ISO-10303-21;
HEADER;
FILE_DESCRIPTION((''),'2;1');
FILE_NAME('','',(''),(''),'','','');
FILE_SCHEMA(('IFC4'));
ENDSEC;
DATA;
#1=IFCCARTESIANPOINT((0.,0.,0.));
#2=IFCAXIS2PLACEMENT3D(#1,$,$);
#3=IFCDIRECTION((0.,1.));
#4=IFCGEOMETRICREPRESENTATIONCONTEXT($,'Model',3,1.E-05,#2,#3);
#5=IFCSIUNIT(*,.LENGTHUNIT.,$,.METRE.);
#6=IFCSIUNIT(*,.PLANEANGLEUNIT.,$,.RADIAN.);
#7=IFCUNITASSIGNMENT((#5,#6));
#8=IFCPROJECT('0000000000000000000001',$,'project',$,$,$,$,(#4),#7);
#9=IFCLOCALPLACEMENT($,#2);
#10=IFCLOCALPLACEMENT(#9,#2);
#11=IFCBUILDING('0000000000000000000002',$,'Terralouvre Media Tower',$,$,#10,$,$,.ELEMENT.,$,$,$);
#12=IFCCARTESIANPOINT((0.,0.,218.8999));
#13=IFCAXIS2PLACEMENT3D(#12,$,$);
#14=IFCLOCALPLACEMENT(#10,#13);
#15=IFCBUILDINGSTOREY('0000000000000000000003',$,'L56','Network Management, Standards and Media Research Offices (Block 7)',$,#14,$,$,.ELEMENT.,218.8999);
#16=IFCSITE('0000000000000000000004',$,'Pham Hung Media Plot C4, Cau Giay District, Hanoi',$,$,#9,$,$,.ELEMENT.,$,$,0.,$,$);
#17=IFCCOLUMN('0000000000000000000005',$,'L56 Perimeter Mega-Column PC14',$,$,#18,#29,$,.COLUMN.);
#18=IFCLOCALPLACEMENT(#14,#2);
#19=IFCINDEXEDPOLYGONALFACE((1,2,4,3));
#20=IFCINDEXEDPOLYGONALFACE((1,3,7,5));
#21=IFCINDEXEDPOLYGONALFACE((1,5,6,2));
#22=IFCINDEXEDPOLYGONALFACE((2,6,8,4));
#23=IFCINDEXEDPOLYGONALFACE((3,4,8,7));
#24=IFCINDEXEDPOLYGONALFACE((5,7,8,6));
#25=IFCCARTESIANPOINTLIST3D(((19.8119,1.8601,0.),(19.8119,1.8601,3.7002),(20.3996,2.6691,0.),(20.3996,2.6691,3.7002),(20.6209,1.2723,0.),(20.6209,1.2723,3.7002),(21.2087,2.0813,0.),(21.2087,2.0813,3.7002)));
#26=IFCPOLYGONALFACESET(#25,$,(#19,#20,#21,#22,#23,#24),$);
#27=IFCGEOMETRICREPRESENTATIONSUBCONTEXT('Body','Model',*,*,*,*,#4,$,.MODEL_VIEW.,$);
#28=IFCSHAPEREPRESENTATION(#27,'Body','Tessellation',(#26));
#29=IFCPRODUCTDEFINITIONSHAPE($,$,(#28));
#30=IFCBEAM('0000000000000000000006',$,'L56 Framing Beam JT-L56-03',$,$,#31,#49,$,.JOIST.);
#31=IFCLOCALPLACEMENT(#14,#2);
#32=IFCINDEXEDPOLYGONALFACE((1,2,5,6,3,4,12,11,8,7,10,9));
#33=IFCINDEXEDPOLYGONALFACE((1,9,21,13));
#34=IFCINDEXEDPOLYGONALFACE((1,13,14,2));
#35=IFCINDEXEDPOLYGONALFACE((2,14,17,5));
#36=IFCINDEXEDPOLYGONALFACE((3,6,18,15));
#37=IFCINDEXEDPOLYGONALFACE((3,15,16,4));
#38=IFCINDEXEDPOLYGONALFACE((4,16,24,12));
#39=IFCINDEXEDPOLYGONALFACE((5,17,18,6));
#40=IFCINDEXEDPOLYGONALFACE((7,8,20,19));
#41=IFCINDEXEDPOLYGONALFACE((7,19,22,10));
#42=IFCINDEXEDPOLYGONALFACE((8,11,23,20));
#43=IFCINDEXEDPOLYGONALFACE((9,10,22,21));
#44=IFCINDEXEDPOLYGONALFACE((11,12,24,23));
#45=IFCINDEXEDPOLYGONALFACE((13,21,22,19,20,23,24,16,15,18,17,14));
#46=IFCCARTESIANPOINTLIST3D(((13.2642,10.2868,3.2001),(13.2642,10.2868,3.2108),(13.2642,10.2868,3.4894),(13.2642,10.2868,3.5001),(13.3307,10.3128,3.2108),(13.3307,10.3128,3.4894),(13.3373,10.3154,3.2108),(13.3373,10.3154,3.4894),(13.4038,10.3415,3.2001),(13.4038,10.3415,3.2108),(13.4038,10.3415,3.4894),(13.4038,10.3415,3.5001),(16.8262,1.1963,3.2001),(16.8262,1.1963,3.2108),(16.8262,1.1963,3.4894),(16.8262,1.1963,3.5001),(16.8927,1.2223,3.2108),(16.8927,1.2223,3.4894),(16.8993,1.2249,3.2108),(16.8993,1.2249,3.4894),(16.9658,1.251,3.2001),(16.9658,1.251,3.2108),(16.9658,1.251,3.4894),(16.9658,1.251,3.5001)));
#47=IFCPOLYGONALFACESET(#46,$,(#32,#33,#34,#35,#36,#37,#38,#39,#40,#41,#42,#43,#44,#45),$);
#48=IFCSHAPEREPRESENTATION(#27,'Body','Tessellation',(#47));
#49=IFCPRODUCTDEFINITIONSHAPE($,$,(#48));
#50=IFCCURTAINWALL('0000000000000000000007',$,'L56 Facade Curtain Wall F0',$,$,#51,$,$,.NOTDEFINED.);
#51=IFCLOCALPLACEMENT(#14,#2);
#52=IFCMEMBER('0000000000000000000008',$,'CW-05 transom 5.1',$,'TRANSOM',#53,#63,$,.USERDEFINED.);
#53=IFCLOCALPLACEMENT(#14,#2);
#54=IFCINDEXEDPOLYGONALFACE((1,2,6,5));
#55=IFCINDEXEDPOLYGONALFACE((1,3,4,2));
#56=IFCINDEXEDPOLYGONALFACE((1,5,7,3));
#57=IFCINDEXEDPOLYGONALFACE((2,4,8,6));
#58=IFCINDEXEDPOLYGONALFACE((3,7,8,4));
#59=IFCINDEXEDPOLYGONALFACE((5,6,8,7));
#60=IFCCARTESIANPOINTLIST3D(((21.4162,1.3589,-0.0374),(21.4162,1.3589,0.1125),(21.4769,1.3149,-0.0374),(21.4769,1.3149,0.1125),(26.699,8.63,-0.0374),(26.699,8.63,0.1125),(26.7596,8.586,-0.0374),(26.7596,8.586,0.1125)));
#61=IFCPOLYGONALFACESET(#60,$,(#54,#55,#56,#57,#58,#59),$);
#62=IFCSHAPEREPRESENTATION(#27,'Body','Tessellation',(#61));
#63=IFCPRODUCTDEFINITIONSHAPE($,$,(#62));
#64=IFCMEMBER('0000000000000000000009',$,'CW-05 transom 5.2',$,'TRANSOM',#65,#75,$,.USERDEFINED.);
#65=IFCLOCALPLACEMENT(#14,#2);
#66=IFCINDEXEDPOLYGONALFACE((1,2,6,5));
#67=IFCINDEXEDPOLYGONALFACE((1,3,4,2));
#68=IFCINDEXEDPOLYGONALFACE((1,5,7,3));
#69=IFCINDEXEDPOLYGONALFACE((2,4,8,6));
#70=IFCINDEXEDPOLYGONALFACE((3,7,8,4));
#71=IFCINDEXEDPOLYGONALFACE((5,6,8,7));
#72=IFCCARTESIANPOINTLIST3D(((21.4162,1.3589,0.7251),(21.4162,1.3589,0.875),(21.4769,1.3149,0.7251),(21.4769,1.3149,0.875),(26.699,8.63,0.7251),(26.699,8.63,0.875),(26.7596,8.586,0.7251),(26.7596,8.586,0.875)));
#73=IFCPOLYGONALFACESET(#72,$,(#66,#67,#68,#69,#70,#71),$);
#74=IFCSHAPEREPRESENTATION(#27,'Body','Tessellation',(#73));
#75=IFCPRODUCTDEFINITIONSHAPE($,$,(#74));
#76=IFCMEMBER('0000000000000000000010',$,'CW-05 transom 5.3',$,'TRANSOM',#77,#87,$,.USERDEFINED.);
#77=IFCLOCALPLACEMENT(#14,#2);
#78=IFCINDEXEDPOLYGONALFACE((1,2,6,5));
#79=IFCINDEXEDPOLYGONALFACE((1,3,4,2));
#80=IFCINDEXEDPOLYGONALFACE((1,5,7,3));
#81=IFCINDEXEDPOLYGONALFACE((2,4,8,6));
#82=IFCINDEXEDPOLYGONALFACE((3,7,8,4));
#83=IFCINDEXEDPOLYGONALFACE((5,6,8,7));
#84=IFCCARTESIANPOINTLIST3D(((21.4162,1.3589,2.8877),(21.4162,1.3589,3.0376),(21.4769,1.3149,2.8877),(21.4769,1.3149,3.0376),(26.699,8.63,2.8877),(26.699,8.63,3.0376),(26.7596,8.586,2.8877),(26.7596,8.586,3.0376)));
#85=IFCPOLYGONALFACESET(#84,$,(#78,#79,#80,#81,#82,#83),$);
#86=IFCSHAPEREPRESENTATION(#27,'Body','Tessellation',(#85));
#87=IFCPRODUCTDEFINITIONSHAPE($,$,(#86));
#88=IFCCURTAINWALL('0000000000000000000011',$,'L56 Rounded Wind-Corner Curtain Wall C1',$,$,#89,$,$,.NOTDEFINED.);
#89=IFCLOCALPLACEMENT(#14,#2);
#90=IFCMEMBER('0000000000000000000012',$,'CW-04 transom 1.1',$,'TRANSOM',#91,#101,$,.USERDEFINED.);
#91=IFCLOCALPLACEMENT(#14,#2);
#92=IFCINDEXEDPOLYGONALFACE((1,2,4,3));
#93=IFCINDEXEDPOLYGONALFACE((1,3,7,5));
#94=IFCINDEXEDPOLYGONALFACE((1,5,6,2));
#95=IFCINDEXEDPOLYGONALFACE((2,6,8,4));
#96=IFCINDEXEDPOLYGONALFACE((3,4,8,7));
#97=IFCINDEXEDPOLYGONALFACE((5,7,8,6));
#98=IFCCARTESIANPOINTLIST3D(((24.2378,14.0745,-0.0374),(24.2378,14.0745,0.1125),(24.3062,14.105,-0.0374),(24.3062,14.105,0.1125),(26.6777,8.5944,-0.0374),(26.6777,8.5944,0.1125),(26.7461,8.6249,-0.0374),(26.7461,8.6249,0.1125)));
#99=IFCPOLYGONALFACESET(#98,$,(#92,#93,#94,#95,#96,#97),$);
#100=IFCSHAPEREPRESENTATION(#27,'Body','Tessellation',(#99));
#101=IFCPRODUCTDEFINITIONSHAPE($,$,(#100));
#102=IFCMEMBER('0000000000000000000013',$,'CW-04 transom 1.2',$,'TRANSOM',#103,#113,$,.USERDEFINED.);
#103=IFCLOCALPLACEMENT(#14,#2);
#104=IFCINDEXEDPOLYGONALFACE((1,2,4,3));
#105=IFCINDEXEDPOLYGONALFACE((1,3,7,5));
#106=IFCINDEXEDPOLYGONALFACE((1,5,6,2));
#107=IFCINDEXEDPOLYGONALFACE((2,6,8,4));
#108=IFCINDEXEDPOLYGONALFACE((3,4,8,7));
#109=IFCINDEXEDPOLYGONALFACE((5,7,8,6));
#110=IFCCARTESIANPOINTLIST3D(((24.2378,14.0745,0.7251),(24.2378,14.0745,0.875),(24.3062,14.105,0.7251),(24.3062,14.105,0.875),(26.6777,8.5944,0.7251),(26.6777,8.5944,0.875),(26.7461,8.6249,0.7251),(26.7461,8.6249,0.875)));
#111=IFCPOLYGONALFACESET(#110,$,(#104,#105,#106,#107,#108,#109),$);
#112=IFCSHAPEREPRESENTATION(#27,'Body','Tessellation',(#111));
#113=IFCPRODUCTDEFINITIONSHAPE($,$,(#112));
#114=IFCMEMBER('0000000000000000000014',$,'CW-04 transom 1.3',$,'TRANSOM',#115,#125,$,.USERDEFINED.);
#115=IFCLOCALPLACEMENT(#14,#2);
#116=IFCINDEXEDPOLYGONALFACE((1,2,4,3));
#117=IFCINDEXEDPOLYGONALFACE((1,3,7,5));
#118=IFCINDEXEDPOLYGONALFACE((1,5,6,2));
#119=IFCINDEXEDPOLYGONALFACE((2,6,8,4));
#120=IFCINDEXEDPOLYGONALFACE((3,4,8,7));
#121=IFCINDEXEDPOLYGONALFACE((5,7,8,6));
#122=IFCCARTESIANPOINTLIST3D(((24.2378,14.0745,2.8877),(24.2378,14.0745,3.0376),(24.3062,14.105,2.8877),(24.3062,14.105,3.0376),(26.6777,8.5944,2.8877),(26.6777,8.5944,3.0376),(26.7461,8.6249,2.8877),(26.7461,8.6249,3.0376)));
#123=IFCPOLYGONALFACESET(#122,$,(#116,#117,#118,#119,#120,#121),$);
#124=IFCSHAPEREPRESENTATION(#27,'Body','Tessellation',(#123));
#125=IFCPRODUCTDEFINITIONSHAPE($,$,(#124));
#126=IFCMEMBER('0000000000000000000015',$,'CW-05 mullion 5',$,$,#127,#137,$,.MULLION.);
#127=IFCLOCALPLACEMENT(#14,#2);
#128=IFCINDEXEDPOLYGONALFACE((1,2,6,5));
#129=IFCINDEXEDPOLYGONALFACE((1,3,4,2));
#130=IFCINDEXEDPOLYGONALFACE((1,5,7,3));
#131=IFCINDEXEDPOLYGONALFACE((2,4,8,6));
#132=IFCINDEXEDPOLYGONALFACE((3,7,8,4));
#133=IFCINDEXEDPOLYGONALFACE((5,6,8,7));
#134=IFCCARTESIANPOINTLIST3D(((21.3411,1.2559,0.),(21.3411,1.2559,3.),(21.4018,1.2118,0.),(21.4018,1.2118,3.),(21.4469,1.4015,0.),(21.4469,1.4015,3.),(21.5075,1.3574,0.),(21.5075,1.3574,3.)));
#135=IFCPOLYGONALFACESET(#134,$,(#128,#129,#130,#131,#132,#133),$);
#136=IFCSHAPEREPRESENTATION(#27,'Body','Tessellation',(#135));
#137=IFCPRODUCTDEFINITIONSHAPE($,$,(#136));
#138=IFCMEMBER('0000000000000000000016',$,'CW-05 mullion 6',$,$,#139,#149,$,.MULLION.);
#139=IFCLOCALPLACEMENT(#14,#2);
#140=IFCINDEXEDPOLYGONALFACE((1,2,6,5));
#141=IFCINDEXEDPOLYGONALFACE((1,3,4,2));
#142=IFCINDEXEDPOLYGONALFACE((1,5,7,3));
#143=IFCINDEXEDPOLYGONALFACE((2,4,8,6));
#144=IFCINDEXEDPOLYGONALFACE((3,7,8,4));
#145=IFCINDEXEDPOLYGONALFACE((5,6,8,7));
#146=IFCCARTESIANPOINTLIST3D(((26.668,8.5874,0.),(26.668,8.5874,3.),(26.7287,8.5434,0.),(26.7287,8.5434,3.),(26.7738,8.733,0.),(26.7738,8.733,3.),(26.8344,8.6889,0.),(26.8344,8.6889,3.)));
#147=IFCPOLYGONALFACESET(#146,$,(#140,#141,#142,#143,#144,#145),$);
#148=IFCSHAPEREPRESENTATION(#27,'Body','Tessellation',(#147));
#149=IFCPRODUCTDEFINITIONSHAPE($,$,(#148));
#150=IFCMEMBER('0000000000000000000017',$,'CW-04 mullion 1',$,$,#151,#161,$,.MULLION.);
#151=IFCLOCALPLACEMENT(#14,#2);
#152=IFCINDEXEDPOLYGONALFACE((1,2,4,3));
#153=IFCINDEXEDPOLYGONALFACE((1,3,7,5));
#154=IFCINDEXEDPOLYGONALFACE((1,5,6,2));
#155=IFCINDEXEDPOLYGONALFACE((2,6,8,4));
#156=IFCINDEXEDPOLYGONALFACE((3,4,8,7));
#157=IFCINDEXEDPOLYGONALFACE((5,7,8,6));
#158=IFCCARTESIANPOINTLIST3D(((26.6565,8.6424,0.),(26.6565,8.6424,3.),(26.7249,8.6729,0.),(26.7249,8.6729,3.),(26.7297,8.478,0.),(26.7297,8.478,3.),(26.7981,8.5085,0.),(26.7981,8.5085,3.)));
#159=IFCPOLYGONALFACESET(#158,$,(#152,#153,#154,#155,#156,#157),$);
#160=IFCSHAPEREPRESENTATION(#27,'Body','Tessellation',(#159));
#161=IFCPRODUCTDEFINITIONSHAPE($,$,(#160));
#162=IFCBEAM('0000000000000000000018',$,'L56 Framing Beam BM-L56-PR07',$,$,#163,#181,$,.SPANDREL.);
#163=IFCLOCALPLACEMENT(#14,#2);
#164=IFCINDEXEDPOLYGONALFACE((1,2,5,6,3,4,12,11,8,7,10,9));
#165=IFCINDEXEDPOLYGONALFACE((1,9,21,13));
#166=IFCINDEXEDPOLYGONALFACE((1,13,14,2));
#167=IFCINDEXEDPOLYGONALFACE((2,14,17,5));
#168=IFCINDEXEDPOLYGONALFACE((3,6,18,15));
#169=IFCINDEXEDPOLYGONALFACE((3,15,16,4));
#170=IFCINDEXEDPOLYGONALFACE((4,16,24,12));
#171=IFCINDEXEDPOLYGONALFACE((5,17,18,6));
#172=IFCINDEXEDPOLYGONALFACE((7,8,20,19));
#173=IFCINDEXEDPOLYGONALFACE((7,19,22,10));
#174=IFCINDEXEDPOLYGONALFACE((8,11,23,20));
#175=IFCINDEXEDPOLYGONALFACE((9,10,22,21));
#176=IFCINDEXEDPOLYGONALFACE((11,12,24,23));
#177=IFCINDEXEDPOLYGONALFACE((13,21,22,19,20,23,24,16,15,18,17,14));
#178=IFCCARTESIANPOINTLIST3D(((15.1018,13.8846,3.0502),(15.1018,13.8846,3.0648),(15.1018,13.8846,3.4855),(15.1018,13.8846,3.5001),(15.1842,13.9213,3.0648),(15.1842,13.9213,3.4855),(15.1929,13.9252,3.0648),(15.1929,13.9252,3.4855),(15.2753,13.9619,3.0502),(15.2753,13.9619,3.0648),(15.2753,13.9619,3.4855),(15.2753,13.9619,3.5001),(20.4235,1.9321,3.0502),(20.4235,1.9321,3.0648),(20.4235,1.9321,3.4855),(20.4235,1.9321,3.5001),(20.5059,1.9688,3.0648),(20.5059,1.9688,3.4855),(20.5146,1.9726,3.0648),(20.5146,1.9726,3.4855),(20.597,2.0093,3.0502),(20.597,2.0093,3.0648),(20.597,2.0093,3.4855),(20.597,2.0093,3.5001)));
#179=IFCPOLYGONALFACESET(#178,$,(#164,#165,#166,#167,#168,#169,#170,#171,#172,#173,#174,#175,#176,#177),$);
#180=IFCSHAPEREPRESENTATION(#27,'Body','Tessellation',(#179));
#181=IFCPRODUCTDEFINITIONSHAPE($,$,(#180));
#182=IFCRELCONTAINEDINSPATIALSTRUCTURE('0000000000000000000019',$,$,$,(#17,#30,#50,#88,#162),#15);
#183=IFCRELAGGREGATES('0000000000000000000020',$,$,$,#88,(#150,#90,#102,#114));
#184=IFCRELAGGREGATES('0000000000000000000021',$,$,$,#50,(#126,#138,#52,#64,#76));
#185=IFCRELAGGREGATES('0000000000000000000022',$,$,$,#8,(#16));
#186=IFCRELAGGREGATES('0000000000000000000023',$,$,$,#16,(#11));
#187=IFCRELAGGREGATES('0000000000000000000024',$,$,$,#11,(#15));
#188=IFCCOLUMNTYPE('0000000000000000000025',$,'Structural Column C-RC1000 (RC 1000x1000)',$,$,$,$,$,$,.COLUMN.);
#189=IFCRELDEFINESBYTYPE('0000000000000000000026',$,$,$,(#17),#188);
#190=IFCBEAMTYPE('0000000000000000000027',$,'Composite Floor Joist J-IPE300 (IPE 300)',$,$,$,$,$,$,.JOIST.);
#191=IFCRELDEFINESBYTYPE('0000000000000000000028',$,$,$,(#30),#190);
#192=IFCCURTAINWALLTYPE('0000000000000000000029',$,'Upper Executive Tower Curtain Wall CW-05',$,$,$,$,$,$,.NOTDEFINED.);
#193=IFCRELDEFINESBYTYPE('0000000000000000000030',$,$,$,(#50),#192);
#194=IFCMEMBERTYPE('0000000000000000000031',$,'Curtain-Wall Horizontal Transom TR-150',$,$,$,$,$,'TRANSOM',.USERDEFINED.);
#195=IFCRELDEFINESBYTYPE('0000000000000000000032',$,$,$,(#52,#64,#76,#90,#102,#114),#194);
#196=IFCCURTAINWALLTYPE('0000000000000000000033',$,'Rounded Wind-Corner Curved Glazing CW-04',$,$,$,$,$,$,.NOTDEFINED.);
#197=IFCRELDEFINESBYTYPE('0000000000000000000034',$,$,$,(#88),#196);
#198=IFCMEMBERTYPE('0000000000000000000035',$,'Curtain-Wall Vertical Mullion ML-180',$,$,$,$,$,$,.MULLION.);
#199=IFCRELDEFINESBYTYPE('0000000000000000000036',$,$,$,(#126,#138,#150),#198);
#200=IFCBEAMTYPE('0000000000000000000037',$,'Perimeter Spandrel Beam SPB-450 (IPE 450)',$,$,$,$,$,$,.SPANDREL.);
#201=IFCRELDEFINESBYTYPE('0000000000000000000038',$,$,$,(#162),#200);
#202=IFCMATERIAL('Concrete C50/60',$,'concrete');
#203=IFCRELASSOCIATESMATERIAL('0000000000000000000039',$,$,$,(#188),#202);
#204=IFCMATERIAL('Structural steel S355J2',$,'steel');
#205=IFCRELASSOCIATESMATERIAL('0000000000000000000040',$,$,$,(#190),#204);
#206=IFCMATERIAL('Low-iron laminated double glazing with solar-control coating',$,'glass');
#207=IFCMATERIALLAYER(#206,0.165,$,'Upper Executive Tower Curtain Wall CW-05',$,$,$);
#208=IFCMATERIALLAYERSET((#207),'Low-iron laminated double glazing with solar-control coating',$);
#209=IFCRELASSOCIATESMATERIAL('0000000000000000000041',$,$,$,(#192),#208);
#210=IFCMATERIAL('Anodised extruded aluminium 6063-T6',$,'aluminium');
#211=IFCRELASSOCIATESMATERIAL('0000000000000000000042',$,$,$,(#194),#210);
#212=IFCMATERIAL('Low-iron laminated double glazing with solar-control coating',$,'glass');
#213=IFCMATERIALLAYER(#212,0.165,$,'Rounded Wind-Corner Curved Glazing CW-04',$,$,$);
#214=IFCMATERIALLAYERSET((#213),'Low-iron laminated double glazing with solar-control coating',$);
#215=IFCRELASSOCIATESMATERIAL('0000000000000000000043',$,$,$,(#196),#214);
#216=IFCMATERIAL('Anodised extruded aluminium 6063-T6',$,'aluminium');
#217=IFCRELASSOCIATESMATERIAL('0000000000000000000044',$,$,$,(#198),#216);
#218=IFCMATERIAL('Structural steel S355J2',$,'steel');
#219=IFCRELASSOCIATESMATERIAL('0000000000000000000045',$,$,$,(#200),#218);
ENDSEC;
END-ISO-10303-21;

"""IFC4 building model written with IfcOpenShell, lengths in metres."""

from ifc_helpers import new_model, si_unit, direction, frame, origin, origin_2d, place, context, subcontext, project, spatial, rectangle, i_section, extrude, material, layer, layer_set, material_profile, profile_set, type_object, element, aggregate, save


model = new_model("IFC4")

# Units and contexts
model_context = context("Model", 3, precision=1e-05, world=origin(), true_north=direction((0.0, 1.0)))
body_context = subcontext(model_context, "Body", "Model", "MODEL_VIEW")
ifc_project = project(units=[si_unit("LENGTHUNIT", "METRE"), si_unit("PLANEANGLEUNIT", "RADIAN")], contexts=[model_context])

# Site, building, storey
site_placement = place(None, origin())
site = spatial("IfcSite", under=ifc_project, at=site_placement, Name="Pham Hung Media Plot C4, Cau Giay District, Hanoi", CompositionType="ELEMENT", RefElevation=0.0)
building_placement = place(site_placement, origin())
building = spatial("IfcBuilding", under=site, at=building_placement, Name="Terralouvre Media Tower", CompositionType="ELEMENT")
storey_placement = place(building_placement, frame((0.0, 0.0, 218.8999)))
storey = spatial("IfcBuildingStorey", under=building, at=storey_placement, Name="L56", Description="Network Management, Standards and Media Research Offices (Block 7)", CompositionType="ELEMENT", Elevation=218.8999)

# Column
ifc_material_1 = material(Name="Concrete C50/60", Category="concrete")
ifc_material_profile_1 = material_profile(ifc_material_1, rectangle(XDim=1.0, YDim=1.0, at=origin_2d()), Name="RC 1000x1000")
ifc_profile_set_1 = profile_set([ifc_material_profile_1], Name="Concrete C50/60")
column_type = type_object("IfcColumnType", Name="Structural Column C-RC1000 (RC 1000x1000)", PredefinedType="COLUMN", material=ifc_profile_set_1)
column_placement = place(storey_placement, frame((20.5103, 1.9707, 0.0), z_axis=(0.0, 0.0, 1.0), x_axis=(0.587785, 0.809017, 0.0)))
element("IfcColumn", 1, at=column_placement, inside=storey, type_object=column_type, Name="L56 Perimeter Mega-Column PC14", PredefinedType="COLUMN", context=body_context, shape_type="SweptSolid", body=[
    extrude(rectangle(XDim=1.0, YDim=1.0, at=origin_2d()), origin(), (0.0, 0.0, 1.0), 3.7002),
])

# Beam
ifc_material_2 = material(Name="Structural steel S355J2", Category="steel")
ifc_material_profile_2 = material_profile(ifc_material_2, i_section(OverallWidth=0.1499, OverallDepth=0.3, WebThickness=0.0071, FlangeThickness=0.0107, at=origin_2d()), Name="IPE 300")
ifc_profile_set_2 = profile_set([ifc_material_profile_2], Name="Structural steel S355J2")
beam_type_1 = type_object("IfcBeamType", Name="Composite Floor Joist J-IPE300 (IPE 300)", PredefinedType="JOIST", material=ifc_profile_set_2)
beam_1_placement = place(storey_placement, frame((16.896, 1.2236, 3.3501), z_axis=(-0.364828, 0.931075, 0.0), x_axis=(-0.931075, -0.364828, 0.0)))
element("IfcBeam", 2, at=beam_1_placement, inside=storey, type_object=beam_type_1, Name="L56 Framing Beam JT-L56-03", PredefinedType="JOIST", context=body_context, shape_type="SweptSolid", body=[
    extrude(i_section(OverallWidth=0.1499, OverallDepth=0.3, WebThickness=0.0071, FlangeThickness=0.0107, at=origin_2d()), origin(), (0.0, 0.0, 1.0), 9.7634),
])

# Curtain walls, members
ifc_material_3 = material(Name="Low-iron laminated double glazing with solar-control coating", Category="glass")
ifc_layer_1 = layer(ifc_material_3, 0.165, Name="Upper Executive Tower Curtain Wall CW-05")
ifc_layer_set_1 = layer_set([ifc_layer_1], Name="Low-iron laminated double glazing with solar-control coating")
curtain_wall_type_1 = type_object("IfcCurtainWallType", Name="Upper Executive Tower Curtain Wall CW-05", PredefinedType="NOTDEFINED", material=ifc_layer_set_1)
curtain_wall_1_placement = place(storey_placement, origin())
curtain_wall_1 = element("IfcCurtainWall", 3, at=curtain_wall_1_placement, inside=storey, type_object=curtain_wall_type_1, Name="L56 Facade Curtain Wall F0", PredefinedType="NOTDEFINED")
ifc_material_4 = material(Name="Anodised extruded aluminium 6063-T6", Category="aluminium")
ifc_material_profile_3 = material_profile(ifc_material_4, rectangle(XDim=0.075, YDim=0.1499, at=origin_2d()), Name="ALU 75x150")
ifc_profile_set_3 = profile_set([ifc_material_profile_3], Name="Anodised extruded aluminium 6063-T6")
member_type_1 = type_object("IfcMemberType", Name="Curtain-Wall Horizontal Transom TR-150", ElementType="TRANSOM", PredefinedType="USERDEFINED", material=ifc_profile_set_3)
member_1_placement = place(storey_placement, frame((21.4465, 1.3369, 0.0376), z_axis=(0.587787, 0.809016, 0.0), x_axis=(-0.809016, 0.587787, 0.0)))
member_1 = element("IfcMember", 4, at=member_1_placement, type_object=member_type_1, Name="CW-05 transom 5.1", ObjectType="TRANSOM", PredefinedType="USERDEFINED", context=body_context, shape_type="SweptSolid", body=[
    extrude(rectangle(XDim=0.075, YDim=0.1499, at=origin_2d()), origin(), (0.0, 0.0, 1.0), 8.9875),
])
member_2_placement = place(storey_placement, frame((21.4465, 1.3369, 0.8), z_axis=(0.587787, 0.809016, 0.0), x_axis=(-0.809016, 0.587787, 0.0)))
member_2 = element("IfcMember", 5, at=member_2_placement, type_object=member_type_1, Name="CW-05 transom 5.2", ObjectType="TRANSOM", PredefinedType="USERDEFINED", context=body_context, shape_type="SweptSolid", body=[
    extrude(rectangle(XDim=0.075, YDim=0.1499, at=origin_2d()), origin(), (0.0, 0.0, 1.0), 8.9875),
])
member_3_placement = place(storey_placement, frame((21.4465, 1.3369, 2.9626), z_axis=(0.587787, 0.809016, 0.0), x_axis=(-0.809016, 0.587787, 0.0)))
member_3 = element("IfcMember", 6, at=member_3_placement, type_object=member_type_1, Name="CW-05 transom 5.3", ObjectType="TRANSOM", PredefinedType="USERDEFINED", context=body_context, shape_type="SweptSolid", body=[
    extrude(rectangle(XDim=0.075, YDim=0.1499, at=origin_2d()), origin(), (0.0, 0.0, 1.0), 8.9875),
])
ifc_material_5 = material(Name="Low-iron laminated double glazing with solar-control coating", Category="glass")
ifc_layer_2 = layer(ifc_material_5, 0.165, Name="Rounded Wind-Corner Curved Glazing CW-04")
ifc_layer_set_2 = layer_set([ifc_layer_2], Name="Low-iron laminated double glazing with solar-control coating")
curtain_wall_type_2 = type_object("IfcCurtainWallType", Name="Rounded Wind-Corner Curved Glazing CW-04", PredefinedType="NOTDEFINED", material=ifc_layer_set_2)
curtain_wall_2_placement = place(storey_placement, origin())
curtain_wall_2 = element("IfcCurtainWall", 7, at=curtain_wall_2_placement, inside=storey, type_object=curtain_wall_type_2, Name="L56 Rounded Wind-Corner Curtain Wall C1", PredefinedType="NOTDEFINED")
member_4_placement = place(storey_placement, frame((26.7119, 8.6096, 0.0376), z_axis=(-0.406735, 0.913546, 0.0), x_axis=(-0.913546, -0.406735, 0.0)))
member_4 = element("IfcMember", 8, at=member_4_placement, type_object=member_type_1, Name="CW-04 transom 1.1", ObjectType="TRANSOM", PredefinedType="USERDEFINED", context=body_context, shape_type="SweptSolid", body=[
    extrude(rectangle(XDim=0.075, YDim=0.1499, at=origin_2d()), origin(), (0.0, 0.0, 1.0), 5.9988),
])
member_5_placement = place(storey_placement, frame((26.7119, 8.6096, 0.8), z_axis=(-0.406735, 0.913546, 0.0), x_axis=(-0.913546, -0.406735, 0.0)))
member_5 = element("IfcMember", 9, at=member_5_placement, type_object=member_type_1, Name="CW-04 transom 1.2", ObjectType="TRANSOM", PredefinedType="USERDEFINED", context=body_context, shape_type="SweptSolid", body=[
    extrude(rectangle(XDim=0.075, YDim=0.1499, at=origin_2d()), origin(), (0.0, 0.0, 1.0), 5.9988),
])
member_6_placement = place(storey_placement, frame((26.7119, 8.6096, 2.9626), z_axis=(-0.406735, 0.913546, 0.0), x_axis=(-0.913546, -0.406735, 0.0)))
member_6 = element("IfcMember", 10, at=member_6_placement, type_object=member_type_1, Name="CW-04 transom 1.3", ObjectType="TRANSOM", PredefinedType="USERDEFINED", context=body_context, shape_type="SweptSolid", body=[
    extrude(rectangle(XDim=0.075, YDim=0.1499, at=origin_2d()), origin(), (0.0, 0.0, 1.0), 5.9988),
])

# Members
ifc_material_6 = material(Name="Anodised extruded aluminium 6063-T6", Category="aluminium")
ifc_material_profile_4 = material_profile(ifc_material_6, rectangle(XDim=0.075, YDim=0.1799, at=origin_2d()), Name="ALU 75x180")
ifc_profile_set_4 = profile_set([ifc_material_profile_4], Name="Anodised extruded aluminium 6063-T6")
member_type_2 = type_object("IfcMemberType", Name="Curtain-Wall Vertical Mullion ML-180", PredefinedType="MULLION", material=ifc_profile_set_4)
member_7_placement = place(storey_placement, frame((21.4243, 1.3066, 0.0), z_axis=(0.0, 0.0, 1.0), x_axis=(-0.809017, 0.587785, 0.0)))
member_7 = element("IfcMember", 11, at=member_7_placement, type_object=member_type_2, Name="CW-05 mullion 5", PredefinedType="MULLION", context=body_context, shape_type="SweptSolid", body=[
    extrude(rectangle(XDim=0.075, YDim=0.1799, at=origin_2d()), origin(), (0.0, 0.0, 1.0), 3.0),
])
member_8_placement = place(storey_placement, frame((26.7512, 8.6382, 0.0), z_axis=(0.0, 0.0, 1.0), x_axis=(-0.809017, 0.587785, 0.0)))
member_8 = element("IfcMember", 12, at=member_8_placement, type_object=member_type_2, Name="CW-05 mullion 6", PredefinedType="MULLION", context=body_context, shape_type="SweptSolid", body=[
    extrude(rectangle(XDim=0.075, YDim=0.1799, at=origin_2d()), origin(), (0.0, 0.0, 1.0), 3.0),
])
member_9_placement = place(storey_placement, frame((26.7273, 8.5754, 0.0), z_axis=(0.0, 0.0, 1.0), x_axis=(-0.913545, -0.406737, 0.0)))
member_9 = element("IfcMember", 13, at=member_9_placement, type_object=member_type_2, Name="CW-04 mullion 1", PredefinedType="MULLION", context=body_context, shape_type="SweptSolid", body=[
    extrude(rectangle(XDim=0.075, YDim=0.1799, at=origin_2d()), origin(), (0.0, 0.0, 1.0), 3.0),
])
aggregate(curtain_wall_2, [member_9, member_4, member_5, member_6])

# Beam
ifc_material_7 = material(Name="Structural steel S355J2", Category="steel")
ifc_material_profile_5 = material_profile(ifc_material_7, i_section(OverallWidth=0.1899, OverallDepth=0.45, WebThickness=0.0095, FlangeThickness=0.0146, at=origin_2d()), Name="IPE 450")
ifc_profile_set_5 = profile_set([ifc_material_profile_5], Name="Structural steel S355J2")
beam_type_2 = type_object("IfcBeamType", Name="Perimeter Spandrel Beam SPB-450 (IPE 450)", PredefinedType="SPANDREL", material=ifc_profile_set_5)
beam_2_placement = place(storey_placement, frame((20.5103, 1.9707, 3.2751), z_axis=(-0.406744, 0.913542, 0.0), x_axis=(-0.913542, -0.406744, 0.0)))
element("IfcBeam", 14, at=beam_2_placement, inside=storey, type_object=beam_type_2, Name="L56 Framing Beam BM-L56-PR07", PredefinedType="SPANDREL", context=body_context, shape_type="SweptSolid", body=[
    extrude(i_section(OverallWidth=0.1899, OverallDepth=0.45, WebThickness=0.0095, FlangeThickness=0.0146, at=origin_2d()), origin(), (0.0, 0.0, 1.0), 13.0837),
])

aggregate(curtain_wall_1, [member_7, member_8, member_1, member_2, member_3])

save(model, "model.ifc")
